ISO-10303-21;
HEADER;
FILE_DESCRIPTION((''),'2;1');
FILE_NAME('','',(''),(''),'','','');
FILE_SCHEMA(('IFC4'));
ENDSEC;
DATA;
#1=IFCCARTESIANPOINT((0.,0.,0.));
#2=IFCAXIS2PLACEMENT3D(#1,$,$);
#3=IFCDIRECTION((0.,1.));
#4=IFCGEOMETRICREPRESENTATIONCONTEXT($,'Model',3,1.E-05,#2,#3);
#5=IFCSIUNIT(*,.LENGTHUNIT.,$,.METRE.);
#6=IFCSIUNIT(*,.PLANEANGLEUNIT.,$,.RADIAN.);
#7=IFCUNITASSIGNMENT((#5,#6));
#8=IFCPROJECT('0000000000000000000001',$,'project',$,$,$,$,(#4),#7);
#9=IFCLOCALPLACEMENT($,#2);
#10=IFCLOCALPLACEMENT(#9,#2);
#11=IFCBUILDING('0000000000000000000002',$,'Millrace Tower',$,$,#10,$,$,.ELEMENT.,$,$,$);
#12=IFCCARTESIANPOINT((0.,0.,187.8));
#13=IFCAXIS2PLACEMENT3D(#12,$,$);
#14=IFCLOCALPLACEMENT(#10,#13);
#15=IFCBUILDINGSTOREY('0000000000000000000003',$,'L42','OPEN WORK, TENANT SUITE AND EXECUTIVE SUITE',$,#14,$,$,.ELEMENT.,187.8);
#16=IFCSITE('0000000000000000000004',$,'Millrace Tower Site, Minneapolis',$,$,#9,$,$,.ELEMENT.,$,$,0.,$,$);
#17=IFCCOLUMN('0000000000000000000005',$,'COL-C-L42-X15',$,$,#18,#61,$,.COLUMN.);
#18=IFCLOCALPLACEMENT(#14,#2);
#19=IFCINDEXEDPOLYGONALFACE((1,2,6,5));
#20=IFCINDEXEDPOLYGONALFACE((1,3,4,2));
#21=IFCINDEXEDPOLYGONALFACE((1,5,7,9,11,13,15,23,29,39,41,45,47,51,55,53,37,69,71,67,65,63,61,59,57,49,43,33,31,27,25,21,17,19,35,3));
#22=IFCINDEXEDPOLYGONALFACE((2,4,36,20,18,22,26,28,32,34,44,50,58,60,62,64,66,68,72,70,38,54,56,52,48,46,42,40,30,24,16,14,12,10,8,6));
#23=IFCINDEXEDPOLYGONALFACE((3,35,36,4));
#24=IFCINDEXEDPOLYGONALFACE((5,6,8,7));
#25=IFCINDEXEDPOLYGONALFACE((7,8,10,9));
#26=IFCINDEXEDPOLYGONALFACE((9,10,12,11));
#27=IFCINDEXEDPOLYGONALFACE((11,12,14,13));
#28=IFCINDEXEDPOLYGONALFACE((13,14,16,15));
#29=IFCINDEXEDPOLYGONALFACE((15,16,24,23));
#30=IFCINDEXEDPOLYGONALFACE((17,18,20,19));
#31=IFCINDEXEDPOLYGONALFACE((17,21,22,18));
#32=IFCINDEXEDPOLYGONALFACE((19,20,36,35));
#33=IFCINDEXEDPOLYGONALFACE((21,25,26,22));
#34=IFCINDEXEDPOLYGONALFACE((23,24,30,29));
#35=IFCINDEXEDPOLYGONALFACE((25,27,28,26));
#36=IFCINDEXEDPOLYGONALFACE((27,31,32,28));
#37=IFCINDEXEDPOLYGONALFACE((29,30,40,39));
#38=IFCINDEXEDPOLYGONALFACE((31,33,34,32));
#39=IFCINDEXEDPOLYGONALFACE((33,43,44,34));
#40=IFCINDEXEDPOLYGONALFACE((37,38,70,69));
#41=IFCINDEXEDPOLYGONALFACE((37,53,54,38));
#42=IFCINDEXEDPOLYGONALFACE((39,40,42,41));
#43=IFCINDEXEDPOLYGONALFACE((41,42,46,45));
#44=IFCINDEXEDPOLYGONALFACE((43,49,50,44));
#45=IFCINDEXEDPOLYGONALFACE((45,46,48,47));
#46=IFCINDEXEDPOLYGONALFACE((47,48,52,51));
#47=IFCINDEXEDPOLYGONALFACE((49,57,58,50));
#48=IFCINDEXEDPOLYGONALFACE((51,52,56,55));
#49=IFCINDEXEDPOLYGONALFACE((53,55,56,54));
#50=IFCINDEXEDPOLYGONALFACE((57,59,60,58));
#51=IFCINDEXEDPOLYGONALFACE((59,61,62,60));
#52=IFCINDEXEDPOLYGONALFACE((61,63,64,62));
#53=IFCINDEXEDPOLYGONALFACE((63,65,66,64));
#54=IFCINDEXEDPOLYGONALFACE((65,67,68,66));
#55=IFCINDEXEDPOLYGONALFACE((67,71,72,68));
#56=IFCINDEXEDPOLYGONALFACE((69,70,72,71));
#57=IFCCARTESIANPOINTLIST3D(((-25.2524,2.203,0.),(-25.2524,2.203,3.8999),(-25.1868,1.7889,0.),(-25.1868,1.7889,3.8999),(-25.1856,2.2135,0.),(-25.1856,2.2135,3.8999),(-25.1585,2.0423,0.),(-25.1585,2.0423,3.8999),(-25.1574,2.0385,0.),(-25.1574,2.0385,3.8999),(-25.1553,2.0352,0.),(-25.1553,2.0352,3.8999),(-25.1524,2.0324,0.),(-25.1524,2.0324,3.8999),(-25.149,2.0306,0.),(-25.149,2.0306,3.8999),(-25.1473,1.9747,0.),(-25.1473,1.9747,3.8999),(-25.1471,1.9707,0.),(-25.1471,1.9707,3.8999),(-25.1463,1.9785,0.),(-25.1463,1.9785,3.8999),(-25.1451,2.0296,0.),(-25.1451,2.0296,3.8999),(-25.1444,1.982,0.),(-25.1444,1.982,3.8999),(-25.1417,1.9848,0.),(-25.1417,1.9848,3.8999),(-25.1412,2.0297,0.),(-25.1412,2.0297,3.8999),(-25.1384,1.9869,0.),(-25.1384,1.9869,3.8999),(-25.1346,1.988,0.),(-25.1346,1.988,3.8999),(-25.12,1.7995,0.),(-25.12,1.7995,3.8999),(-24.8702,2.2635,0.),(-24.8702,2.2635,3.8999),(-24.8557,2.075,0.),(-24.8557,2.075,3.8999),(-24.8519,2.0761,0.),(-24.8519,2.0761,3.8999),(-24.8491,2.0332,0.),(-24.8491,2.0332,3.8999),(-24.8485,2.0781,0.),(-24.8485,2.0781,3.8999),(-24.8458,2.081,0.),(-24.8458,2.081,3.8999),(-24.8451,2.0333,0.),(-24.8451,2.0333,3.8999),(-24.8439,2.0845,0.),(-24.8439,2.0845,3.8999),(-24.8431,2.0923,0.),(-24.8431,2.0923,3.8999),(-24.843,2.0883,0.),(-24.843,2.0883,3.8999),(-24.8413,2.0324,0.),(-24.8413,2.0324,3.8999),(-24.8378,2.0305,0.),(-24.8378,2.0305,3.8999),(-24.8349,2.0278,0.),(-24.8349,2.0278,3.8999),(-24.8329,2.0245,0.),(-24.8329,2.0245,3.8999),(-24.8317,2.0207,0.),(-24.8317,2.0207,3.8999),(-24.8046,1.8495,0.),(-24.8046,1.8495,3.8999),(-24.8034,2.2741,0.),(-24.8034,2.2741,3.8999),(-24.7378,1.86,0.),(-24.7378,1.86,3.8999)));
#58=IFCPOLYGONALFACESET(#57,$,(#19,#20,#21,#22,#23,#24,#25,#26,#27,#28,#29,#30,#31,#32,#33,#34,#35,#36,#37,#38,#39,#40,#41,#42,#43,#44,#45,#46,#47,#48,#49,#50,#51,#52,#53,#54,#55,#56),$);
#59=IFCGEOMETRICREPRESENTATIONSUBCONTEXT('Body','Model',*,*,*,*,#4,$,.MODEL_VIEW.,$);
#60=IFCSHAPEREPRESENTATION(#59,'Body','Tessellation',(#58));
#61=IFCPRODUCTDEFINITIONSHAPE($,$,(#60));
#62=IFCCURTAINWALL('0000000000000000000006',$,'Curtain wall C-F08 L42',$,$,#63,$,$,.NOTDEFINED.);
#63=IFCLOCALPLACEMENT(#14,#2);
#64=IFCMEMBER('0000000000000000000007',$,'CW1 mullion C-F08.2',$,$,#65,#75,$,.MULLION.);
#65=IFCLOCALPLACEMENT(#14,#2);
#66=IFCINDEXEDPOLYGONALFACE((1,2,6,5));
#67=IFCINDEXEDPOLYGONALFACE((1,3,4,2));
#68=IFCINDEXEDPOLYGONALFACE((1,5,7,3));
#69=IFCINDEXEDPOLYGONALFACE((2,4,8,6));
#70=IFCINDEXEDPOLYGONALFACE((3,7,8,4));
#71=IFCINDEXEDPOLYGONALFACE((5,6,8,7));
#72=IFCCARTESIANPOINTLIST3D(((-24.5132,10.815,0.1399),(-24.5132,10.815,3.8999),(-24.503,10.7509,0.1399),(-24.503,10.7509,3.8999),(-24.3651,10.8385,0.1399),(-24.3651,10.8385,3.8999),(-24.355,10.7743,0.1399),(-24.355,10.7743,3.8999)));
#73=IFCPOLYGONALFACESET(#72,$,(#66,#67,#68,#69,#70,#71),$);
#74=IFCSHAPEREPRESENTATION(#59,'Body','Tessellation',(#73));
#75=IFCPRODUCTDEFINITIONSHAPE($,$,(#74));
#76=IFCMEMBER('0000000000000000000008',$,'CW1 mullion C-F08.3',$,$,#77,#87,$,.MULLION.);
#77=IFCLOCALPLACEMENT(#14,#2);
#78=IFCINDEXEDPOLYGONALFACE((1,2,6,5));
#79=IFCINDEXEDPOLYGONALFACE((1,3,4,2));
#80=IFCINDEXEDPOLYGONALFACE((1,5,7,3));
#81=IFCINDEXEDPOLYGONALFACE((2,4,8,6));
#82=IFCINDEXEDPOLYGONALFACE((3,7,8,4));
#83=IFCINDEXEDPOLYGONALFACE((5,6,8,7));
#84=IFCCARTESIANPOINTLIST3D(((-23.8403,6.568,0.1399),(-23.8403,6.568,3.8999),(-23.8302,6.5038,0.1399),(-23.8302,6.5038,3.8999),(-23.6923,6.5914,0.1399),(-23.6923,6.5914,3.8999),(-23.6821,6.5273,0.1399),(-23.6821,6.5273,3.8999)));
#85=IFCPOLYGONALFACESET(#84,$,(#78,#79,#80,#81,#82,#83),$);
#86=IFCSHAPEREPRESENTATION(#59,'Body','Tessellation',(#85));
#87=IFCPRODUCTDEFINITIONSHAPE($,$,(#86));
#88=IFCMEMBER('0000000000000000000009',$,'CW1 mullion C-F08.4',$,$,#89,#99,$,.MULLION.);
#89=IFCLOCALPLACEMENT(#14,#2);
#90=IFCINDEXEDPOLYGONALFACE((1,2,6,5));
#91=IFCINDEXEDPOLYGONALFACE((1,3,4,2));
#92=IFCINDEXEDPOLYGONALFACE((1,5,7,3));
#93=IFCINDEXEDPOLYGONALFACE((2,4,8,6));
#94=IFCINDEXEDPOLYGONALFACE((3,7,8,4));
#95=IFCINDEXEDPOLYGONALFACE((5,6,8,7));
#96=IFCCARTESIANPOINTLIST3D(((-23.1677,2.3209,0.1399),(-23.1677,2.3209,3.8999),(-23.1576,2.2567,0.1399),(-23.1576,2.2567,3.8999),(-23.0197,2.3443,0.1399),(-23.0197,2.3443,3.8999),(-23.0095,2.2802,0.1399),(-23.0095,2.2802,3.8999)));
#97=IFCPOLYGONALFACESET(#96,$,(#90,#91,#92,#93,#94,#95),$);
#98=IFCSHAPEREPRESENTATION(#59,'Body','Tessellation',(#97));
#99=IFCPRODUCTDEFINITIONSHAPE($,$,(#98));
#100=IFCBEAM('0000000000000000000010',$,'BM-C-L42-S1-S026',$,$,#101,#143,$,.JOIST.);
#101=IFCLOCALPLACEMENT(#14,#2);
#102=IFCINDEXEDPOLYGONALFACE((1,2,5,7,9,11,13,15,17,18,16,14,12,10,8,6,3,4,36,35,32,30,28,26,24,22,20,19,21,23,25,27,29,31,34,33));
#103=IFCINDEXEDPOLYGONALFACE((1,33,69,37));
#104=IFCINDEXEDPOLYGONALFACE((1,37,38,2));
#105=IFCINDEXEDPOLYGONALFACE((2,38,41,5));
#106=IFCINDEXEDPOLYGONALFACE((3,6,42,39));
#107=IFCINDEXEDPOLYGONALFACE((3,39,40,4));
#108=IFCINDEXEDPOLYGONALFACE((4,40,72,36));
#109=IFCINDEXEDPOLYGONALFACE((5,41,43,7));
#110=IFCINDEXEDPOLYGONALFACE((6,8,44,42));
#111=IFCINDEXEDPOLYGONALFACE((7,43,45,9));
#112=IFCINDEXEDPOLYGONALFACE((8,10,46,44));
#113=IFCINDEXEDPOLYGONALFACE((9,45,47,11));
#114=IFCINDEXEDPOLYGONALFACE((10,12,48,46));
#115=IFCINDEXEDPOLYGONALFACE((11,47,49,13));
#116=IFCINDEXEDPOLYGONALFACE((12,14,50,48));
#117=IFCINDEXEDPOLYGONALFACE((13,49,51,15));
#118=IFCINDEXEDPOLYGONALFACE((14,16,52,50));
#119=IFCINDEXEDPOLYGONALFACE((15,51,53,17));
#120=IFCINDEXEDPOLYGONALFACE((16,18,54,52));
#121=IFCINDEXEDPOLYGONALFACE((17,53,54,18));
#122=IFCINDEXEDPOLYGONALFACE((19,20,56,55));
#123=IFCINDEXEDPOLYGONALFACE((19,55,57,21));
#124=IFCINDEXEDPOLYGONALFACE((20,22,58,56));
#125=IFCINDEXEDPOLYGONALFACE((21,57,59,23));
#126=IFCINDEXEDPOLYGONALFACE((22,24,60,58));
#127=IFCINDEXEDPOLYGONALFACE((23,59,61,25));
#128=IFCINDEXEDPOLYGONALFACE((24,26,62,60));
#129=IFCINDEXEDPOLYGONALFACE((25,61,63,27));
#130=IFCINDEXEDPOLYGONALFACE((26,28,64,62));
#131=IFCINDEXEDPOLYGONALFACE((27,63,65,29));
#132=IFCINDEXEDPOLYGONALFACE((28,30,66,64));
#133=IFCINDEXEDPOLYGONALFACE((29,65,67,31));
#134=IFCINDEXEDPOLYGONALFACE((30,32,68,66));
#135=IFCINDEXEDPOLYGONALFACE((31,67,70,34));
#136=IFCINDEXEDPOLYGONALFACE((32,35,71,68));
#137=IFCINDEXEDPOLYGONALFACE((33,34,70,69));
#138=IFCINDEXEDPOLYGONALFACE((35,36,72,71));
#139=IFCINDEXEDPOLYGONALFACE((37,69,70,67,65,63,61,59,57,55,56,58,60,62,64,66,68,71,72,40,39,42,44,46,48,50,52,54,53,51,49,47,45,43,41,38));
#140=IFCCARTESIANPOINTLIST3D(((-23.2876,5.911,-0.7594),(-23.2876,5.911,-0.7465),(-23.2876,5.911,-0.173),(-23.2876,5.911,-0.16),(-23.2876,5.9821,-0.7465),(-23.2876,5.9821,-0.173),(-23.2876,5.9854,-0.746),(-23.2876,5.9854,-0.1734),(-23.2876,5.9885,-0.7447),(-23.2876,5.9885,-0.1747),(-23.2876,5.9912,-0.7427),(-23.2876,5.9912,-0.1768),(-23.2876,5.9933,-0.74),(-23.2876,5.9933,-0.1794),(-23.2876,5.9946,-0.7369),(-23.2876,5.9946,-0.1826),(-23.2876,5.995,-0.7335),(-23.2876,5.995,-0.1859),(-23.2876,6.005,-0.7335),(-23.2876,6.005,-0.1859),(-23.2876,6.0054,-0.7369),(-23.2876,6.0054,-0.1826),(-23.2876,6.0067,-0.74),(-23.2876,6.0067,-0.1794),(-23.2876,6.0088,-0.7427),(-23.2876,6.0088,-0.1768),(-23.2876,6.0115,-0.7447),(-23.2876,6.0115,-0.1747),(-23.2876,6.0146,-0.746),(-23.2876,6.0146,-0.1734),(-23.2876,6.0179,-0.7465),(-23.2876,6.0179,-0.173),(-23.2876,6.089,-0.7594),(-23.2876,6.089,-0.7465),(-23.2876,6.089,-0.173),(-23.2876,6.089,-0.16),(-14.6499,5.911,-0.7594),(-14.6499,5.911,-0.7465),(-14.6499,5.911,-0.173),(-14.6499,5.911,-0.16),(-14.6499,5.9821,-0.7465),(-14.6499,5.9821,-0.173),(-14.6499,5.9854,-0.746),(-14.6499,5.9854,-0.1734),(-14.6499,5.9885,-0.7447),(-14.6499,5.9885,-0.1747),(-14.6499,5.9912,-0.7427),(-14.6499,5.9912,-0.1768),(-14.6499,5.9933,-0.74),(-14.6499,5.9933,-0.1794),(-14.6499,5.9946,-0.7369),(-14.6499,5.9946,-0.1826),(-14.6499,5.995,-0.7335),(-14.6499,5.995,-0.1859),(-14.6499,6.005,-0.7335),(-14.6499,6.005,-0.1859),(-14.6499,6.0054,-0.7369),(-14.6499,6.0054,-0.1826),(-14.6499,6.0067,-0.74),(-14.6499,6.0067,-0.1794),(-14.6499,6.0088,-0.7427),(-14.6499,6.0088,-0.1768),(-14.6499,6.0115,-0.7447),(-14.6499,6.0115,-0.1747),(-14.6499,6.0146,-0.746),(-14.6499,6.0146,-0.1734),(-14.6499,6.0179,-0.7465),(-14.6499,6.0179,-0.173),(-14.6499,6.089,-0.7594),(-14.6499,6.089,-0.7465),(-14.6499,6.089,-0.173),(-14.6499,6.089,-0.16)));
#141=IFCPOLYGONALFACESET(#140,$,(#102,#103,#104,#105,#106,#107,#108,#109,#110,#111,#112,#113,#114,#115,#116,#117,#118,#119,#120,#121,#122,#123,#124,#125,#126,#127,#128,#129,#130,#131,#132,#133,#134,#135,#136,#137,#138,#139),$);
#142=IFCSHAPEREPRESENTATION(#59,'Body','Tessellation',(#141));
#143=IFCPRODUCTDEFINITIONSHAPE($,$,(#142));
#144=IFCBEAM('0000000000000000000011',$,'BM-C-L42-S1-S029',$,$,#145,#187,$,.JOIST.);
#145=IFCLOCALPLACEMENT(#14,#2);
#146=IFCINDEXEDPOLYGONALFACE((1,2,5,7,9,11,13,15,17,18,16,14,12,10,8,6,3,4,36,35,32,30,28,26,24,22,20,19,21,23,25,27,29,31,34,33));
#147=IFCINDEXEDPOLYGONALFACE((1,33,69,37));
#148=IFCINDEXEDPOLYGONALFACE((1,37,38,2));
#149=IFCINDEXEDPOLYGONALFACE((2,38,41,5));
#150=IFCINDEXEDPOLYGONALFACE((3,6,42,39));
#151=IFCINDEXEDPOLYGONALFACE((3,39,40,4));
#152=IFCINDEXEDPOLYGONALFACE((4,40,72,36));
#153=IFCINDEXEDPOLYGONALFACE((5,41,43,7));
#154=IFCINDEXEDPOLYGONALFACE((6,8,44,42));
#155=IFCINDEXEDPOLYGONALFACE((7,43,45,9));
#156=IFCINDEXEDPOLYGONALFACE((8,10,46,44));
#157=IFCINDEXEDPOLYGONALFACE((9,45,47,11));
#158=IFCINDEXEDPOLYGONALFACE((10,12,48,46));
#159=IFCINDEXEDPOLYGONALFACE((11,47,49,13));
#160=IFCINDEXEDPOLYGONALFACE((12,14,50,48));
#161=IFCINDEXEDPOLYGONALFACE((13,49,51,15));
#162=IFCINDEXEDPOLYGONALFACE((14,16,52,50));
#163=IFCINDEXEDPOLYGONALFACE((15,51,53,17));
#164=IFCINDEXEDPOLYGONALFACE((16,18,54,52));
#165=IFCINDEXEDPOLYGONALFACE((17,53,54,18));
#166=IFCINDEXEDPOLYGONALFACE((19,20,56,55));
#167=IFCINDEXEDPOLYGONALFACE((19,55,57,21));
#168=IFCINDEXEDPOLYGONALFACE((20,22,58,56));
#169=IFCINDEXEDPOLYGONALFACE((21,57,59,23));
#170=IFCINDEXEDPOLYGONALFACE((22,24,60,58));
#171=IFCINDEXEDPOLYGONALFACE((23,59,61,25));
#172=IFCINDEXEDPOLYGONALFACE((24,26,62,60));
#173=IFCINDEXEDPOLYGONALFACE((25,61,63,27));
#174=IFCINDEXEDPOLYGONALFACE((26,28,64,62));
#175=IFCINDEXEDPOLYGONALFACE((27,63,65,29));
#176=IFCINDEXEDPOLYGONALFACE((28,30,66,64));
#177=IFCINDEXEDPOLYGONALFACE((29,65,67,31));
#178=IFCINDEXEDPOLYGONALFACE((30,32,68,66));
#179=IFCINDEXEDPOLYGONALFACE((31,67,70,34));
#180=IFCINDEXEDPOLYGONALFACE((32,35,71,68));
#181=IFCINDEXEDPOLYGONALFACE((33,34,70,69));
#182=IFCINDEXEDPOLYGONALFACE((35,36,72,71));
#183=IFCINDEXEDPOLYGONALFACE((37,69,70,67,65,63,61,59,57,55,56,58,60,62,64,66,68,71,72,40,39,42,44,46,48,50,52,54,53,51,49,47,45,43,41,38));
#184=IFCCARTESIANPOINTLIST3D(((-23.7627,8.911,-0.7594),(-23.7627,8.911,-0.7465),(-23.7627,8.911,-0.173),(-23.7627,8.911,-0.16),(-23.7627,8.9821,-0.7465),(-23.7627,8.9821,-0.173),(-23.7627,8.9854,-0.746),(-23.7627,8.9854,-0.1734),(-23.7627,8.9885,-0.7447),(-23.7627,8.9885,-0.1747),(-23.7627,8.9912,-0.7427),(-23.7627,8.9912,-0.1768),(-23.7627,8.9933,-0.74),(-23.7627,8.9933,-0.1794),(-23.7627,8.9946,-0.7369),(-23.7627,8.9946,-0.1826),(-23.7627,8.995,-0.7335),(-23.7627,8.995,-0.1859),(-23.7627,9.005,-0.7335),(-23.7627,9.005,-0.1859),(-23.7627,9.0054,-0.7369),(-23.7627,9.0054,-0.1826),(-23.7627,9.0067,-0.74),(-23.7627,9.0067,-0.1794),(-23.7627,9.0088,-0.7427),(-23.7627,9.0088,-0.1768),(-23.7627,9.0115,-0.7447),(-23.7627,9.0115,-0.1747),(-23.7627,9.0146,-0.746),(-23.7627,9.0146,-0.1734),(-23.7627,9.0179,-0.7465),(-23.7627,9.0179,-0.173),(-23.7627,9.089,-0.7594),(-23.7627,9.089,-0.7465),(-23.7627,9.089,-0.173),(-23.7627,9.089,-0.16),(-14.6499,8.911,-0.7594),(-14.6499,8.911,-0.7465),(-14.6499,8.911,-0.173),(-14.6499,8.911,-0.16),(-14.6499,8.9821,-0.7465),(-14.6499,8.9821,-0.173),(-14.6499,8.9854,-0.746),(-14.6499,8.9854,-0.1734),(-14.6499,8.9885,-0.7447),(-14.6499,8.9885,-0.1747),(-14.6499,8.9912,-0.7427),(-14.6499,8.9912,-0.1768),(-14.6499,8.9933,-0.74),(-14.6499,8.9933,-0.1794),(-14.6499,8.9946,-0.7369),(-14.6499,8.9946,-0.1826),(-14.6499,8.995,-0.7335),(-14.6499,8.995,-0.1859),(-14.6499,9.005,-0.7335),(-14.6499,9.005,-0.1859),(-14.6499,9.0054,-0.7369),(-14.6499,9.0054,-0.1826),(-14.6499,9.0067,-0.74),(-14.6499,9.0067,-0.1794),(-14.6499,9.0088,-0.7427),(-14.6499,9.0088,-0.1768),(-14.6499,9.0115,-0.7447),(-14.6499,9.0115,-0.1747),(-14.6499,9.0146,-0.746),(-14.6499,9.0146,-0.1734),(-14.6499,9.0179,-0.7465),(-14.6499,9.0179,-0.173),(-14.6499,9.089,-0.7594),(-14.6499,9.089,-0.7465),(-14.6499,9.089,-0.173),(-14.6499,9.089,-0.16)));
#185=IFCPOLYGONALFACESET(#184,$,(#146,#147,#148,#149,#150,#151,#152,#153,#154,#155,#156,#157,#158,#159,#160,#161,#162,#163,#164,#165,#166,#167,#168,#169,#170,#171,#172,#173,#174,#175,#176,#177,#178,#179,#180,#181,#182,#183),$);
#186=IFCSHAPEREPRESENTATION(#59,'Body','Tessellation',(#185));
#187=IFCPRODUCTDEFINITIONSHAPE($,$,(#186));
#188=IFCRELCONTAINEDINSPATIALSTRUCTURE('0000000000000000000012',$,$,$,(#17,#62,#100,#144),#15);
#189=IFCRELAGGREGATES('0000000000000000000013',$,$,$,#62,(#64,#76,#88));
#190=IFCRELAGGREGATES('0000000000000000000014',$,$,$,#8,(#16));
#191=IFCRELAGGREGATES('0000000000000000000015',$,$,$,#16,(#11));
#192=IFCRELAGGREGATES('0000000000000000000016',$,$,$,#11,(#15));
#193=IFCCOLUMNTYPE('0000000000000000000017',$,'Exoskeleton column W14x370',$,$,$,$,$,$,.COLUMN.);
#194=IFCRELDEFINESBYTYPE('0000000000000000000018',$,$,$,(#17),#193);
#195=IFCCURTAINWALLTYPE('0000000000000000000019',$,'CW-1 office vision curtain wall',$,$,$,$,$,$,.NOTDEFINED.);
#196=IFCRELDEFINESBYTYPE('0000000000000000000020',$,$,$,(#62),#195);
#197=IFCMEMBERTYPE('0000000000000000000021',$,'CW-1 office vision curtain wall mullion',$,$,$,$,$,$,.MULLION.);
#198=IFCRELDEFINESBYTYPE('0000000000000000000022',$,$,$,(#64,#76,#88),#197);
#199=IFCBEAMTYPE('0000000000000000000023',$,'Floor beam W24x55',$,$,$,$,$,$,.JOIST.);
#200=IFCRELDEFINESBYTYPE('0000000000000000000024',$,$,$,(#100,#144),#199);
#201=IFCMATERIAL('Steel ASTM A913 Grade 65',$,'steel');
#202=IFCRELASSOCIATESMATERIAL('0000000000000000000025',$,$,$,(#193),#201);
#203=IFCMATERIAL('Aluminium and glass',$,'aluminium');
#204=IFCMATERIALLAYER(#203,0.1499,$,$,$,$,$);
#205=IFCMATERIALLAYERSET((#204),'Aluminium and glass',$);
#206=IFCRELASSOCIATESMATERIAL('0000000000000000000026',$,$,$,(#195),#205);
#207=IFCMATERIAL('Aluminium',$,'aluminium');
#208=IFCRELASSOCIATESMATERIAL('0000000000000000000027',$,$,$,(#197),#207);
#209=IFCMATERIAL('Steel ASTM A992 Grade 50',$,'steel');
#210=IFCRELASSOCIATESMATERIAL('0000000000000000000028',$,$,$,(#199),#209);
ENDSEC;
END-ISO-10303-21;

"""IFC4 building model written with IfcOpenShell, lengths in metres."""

from ifc_helpers import new_model, si_unit, direction, frame, origin, origin_2d, place, context, subcontext, project, spatial, rectangle, i_section, extrude, material, layer, layer_set, material_profile, profile_set, type_object, element, aggregate, save


model = new_model("IFC4")

# Units and contexts
model_context = context("Model", 3, precision=1e-05, world=origin(), true_north=direction((0.0, 1.0)))
body_context = subcontext(model_context, "Body", "Model", "MODEL_VIEW")
ifc_project = project(units=[si_unit("LENGTHUNIT", "METRE"), si_unit("PLANEANGLEUNIT", "RADIAN")], contexts=[model_context])

# Site, building, storey
site_placement = place(None, origin())
site = spatial("IfcSite", under=ifc_project, at=site_placement, Name="Millrace Tower Site, Minneapolis", CompositionType="ELEMENT", RefElevation=0.0)
building_placement = place(site_placement, origin())
building = spatial("IfcBuilding", under=site, at=building_placement, Name="Millrace Tower", CompositionType="ELEMENT")
storey_placement = place(building_placement, frame((0.0, 0.0, 187.8)))
storey = spatial("IfcBuildingStorey", under=building, at=storey_placement, Name="L42", Description="OPEN WORK, TENANT SUITE AND EXECUTIVE SUITE", CompositionType="ELEMENT", Elevation=187.8)

# Column
ifc_material_1 = material(Name="Steel ASTM A913 Grade 65", Category="steel")
ifc_material_profile_1 = material_profile(ifc_material_1, i_section(OverallWidth=0.4192, OverallDepth=0.4546, WebThickness=0.0422, FlangeThickness=0.0676, FilletRadius=0.0151, at=origin_2d()))
ifc_profile_set_1 = profile_set([ifc_material_profile_1], Name="Steel ASTM A913 Grade 65")
column_type = type_object("IfcColumnType", Name="Exoskeleton column W14x370", PredefinedType="COLUMN", material=ifc_profile_set_1)
column_placement = place(storey_placement, frame((-24.9951, 2.0315, 0.0), z_axis=(0.0, 0.0, 1.0), x_axis=(0.156434, -0.987688, 0.0)))
element("IfcColumn", 1, at=column_placement, inside=storey, type_object=column_type, Name="COL-C-L42-X15", PredefinedType="COLUMN", context=body_context, shape_type="SweptSolid", body=[
    extrude(i_section(OverallWidth=0.4192, OverallDepth=0.4546, WebThickness=0.0422, FlangeThickness=0.0676, FilletRadius=0.0151, at=origin_2d()), origin(), (0.0, 0.0, 1.0), 3.8999),
])

# Curtain wall, members
ifc_material_2 = material(Name="Aluminium and glass", Category="aluminium")
ifc_layer_1 = layer(ifc_material_2, 0.1499)
ifc_layer_set_1 = layer_set([ifc_layer_1], Name="Aluminium and glass")
curtain_wall_type = type_object("IfcCurtainWallType", Name="CW-1 office vision curtain wall", PredefinedType="NOTDEFINED", material=ifc_layer_set_1)
curtain_wall_placement = place(storey_placement, origin())
curtain_wall = element("IfcCurtainWall", 2, at=curtain_wall_placement, inside=storey, type_object=curtain_wall_type, Name="Curtain wall C-F08 L42", PredefinedType="NOTDEFINED")
ifc_material_3 = material(Name="Aluminium", Category="aluminium")
ifc_material_profile_2 = material_profile(ifc_material_3, rectangle(XDim=0.0649, YDim=0.1499, at=origin_2d()))
ifc_profile_set_2 = profile_set([ifc_material_profile_2], Name="Aluminium")
member_type = type_object("IfcMemberType", Name="CW-1 office vision curtain wall mullion", PredefinedType="MULLION", material=ifc_profile_set_2)
member_1_placement = place(storey_placement, frame((-24.4341, 10.7947, 0.1399), z_axis=(0.0, 0.0, 1.0), x_axis=(0.156434, -0.987688, 0.0)))
member_1 = element("IfcMember", 3, at=member_1_placement, type_object=member_type, Name="CW1 mullion C-F08.2", PredefinedType="MULLION", context=body_context, shape_type="SweptSolid", body=[
    extrude(rectangle(XDim=0.0649, YDim=0.1499, at=origin_2d()), origin(), (0.0, 0.0, 1.0), 3.76),
])
member_2_placement = place(storey_placement, frame((-23.7612, 6.5476, 0.1399), z_axis=(0.0, 0.0, 1.0), x_axis=(0.156434, -0.987688, 0.0)))
member_2 = element("IfcMember", 4, at=member_2_placement, type_object=member_type, Name="CW1 mullion C-F08.3", PredefinedType="MULLION", context=body_context, shape_type="SweptSolid", body=[
    extrude(rectangle(XDim=0.0649, YDim=0.1499, at=origin_2d()), origin(), (0.0, 0.0, 1.0), 3.76),
])
member_3_placement = place(storey_placement, frame((-23.0886, 2.3005, 0.1399), z_axis=(0.0, 0.0, 1.0), x_axis=(0.156434, -0.987688, 0.0)))
member_3 = element("IfcMember", 5, at=member_3_placement, type_object=member_type, Name="CW1 mullion C-F08.4", PredefinedType="MULLION", context=body_context, shape_type="SweptSolid", body=[
    extrude(rectangle(XDim=0.0649, YDim=0.1499, at=origin_2d()), origin(), (0.0, 0.0, 1.0), 3.76),
])
aggregate(curtain_wall, [member_1, member_2, member_3])

# Beams
ifc_material_4 = material(Name="Steel ASTM A992 Grade 50", Category="steel")
ifc_material_profile_3 = material_profile(ifc_material_4, i_section(OverallWidth=0.178, OverallDepth=0.5994, WebThickness=0.01, FlangeThickness=0.0129, FilletRadius=0.0129, at=origin_2d()))
ifc_profile_set_3 = profile_set([ifc_material_profile_3], Name="Steel ASTM A992 Grade 50")
beam_type = type_object("IfcBeamType", Name="Floor beam W24x55", PredefinedType="JOIST", material=ifc_profile_set_3)
beam_1_placement = place(storey_placement, frame((-23.2876, 6.0, -0.4597), z_axis=(1.0, 0.0, 0.0), x_axis=(0.0, 1.0, 0.0)))
element("IfcBeam", 6, at=beam_1_placement, inside=storey, type_object=beam_type, Name="BM-C-L42-S1-S026", PredefinedType="JOIST", context=body_context, shape_type="SweptSolid", body=[
    extrude(i_section(OverallWidth=0.178, OverallDepth=0.5994, WebThickness=0.01, FlangeThickness=0.0129, FilletRadius=0.0129, at=origin_2d()), origin(), (0.0, 0.0, 1.0), 8.6377),
])
beam_2_placement = place(storey_placement, frame((-23.7627, 9.0, -0.4597), z_axis=(1.0, 0.0, 0.0), x_axis=(0.0, 1.0, 0.0)))
element("IfcBeam", 7, at=beam_2_placement, inside=storey, type_object=beam_type, Name="BM-C-L42-S1-S029", PredefinedType="JOIST", context=body_context, shape_type="SweptSolid", body=[
    extrude(i_section(OverallWidth=0.178, OverallDepth=0.5994, WebThickness=0.01, FlangeThickness=0.0129, FilletRadius=0.0129, at=origin_2d()), origin(), (0.0, 0.0, 1.0), 9.1128),
])

save(model, "model.ifc")
